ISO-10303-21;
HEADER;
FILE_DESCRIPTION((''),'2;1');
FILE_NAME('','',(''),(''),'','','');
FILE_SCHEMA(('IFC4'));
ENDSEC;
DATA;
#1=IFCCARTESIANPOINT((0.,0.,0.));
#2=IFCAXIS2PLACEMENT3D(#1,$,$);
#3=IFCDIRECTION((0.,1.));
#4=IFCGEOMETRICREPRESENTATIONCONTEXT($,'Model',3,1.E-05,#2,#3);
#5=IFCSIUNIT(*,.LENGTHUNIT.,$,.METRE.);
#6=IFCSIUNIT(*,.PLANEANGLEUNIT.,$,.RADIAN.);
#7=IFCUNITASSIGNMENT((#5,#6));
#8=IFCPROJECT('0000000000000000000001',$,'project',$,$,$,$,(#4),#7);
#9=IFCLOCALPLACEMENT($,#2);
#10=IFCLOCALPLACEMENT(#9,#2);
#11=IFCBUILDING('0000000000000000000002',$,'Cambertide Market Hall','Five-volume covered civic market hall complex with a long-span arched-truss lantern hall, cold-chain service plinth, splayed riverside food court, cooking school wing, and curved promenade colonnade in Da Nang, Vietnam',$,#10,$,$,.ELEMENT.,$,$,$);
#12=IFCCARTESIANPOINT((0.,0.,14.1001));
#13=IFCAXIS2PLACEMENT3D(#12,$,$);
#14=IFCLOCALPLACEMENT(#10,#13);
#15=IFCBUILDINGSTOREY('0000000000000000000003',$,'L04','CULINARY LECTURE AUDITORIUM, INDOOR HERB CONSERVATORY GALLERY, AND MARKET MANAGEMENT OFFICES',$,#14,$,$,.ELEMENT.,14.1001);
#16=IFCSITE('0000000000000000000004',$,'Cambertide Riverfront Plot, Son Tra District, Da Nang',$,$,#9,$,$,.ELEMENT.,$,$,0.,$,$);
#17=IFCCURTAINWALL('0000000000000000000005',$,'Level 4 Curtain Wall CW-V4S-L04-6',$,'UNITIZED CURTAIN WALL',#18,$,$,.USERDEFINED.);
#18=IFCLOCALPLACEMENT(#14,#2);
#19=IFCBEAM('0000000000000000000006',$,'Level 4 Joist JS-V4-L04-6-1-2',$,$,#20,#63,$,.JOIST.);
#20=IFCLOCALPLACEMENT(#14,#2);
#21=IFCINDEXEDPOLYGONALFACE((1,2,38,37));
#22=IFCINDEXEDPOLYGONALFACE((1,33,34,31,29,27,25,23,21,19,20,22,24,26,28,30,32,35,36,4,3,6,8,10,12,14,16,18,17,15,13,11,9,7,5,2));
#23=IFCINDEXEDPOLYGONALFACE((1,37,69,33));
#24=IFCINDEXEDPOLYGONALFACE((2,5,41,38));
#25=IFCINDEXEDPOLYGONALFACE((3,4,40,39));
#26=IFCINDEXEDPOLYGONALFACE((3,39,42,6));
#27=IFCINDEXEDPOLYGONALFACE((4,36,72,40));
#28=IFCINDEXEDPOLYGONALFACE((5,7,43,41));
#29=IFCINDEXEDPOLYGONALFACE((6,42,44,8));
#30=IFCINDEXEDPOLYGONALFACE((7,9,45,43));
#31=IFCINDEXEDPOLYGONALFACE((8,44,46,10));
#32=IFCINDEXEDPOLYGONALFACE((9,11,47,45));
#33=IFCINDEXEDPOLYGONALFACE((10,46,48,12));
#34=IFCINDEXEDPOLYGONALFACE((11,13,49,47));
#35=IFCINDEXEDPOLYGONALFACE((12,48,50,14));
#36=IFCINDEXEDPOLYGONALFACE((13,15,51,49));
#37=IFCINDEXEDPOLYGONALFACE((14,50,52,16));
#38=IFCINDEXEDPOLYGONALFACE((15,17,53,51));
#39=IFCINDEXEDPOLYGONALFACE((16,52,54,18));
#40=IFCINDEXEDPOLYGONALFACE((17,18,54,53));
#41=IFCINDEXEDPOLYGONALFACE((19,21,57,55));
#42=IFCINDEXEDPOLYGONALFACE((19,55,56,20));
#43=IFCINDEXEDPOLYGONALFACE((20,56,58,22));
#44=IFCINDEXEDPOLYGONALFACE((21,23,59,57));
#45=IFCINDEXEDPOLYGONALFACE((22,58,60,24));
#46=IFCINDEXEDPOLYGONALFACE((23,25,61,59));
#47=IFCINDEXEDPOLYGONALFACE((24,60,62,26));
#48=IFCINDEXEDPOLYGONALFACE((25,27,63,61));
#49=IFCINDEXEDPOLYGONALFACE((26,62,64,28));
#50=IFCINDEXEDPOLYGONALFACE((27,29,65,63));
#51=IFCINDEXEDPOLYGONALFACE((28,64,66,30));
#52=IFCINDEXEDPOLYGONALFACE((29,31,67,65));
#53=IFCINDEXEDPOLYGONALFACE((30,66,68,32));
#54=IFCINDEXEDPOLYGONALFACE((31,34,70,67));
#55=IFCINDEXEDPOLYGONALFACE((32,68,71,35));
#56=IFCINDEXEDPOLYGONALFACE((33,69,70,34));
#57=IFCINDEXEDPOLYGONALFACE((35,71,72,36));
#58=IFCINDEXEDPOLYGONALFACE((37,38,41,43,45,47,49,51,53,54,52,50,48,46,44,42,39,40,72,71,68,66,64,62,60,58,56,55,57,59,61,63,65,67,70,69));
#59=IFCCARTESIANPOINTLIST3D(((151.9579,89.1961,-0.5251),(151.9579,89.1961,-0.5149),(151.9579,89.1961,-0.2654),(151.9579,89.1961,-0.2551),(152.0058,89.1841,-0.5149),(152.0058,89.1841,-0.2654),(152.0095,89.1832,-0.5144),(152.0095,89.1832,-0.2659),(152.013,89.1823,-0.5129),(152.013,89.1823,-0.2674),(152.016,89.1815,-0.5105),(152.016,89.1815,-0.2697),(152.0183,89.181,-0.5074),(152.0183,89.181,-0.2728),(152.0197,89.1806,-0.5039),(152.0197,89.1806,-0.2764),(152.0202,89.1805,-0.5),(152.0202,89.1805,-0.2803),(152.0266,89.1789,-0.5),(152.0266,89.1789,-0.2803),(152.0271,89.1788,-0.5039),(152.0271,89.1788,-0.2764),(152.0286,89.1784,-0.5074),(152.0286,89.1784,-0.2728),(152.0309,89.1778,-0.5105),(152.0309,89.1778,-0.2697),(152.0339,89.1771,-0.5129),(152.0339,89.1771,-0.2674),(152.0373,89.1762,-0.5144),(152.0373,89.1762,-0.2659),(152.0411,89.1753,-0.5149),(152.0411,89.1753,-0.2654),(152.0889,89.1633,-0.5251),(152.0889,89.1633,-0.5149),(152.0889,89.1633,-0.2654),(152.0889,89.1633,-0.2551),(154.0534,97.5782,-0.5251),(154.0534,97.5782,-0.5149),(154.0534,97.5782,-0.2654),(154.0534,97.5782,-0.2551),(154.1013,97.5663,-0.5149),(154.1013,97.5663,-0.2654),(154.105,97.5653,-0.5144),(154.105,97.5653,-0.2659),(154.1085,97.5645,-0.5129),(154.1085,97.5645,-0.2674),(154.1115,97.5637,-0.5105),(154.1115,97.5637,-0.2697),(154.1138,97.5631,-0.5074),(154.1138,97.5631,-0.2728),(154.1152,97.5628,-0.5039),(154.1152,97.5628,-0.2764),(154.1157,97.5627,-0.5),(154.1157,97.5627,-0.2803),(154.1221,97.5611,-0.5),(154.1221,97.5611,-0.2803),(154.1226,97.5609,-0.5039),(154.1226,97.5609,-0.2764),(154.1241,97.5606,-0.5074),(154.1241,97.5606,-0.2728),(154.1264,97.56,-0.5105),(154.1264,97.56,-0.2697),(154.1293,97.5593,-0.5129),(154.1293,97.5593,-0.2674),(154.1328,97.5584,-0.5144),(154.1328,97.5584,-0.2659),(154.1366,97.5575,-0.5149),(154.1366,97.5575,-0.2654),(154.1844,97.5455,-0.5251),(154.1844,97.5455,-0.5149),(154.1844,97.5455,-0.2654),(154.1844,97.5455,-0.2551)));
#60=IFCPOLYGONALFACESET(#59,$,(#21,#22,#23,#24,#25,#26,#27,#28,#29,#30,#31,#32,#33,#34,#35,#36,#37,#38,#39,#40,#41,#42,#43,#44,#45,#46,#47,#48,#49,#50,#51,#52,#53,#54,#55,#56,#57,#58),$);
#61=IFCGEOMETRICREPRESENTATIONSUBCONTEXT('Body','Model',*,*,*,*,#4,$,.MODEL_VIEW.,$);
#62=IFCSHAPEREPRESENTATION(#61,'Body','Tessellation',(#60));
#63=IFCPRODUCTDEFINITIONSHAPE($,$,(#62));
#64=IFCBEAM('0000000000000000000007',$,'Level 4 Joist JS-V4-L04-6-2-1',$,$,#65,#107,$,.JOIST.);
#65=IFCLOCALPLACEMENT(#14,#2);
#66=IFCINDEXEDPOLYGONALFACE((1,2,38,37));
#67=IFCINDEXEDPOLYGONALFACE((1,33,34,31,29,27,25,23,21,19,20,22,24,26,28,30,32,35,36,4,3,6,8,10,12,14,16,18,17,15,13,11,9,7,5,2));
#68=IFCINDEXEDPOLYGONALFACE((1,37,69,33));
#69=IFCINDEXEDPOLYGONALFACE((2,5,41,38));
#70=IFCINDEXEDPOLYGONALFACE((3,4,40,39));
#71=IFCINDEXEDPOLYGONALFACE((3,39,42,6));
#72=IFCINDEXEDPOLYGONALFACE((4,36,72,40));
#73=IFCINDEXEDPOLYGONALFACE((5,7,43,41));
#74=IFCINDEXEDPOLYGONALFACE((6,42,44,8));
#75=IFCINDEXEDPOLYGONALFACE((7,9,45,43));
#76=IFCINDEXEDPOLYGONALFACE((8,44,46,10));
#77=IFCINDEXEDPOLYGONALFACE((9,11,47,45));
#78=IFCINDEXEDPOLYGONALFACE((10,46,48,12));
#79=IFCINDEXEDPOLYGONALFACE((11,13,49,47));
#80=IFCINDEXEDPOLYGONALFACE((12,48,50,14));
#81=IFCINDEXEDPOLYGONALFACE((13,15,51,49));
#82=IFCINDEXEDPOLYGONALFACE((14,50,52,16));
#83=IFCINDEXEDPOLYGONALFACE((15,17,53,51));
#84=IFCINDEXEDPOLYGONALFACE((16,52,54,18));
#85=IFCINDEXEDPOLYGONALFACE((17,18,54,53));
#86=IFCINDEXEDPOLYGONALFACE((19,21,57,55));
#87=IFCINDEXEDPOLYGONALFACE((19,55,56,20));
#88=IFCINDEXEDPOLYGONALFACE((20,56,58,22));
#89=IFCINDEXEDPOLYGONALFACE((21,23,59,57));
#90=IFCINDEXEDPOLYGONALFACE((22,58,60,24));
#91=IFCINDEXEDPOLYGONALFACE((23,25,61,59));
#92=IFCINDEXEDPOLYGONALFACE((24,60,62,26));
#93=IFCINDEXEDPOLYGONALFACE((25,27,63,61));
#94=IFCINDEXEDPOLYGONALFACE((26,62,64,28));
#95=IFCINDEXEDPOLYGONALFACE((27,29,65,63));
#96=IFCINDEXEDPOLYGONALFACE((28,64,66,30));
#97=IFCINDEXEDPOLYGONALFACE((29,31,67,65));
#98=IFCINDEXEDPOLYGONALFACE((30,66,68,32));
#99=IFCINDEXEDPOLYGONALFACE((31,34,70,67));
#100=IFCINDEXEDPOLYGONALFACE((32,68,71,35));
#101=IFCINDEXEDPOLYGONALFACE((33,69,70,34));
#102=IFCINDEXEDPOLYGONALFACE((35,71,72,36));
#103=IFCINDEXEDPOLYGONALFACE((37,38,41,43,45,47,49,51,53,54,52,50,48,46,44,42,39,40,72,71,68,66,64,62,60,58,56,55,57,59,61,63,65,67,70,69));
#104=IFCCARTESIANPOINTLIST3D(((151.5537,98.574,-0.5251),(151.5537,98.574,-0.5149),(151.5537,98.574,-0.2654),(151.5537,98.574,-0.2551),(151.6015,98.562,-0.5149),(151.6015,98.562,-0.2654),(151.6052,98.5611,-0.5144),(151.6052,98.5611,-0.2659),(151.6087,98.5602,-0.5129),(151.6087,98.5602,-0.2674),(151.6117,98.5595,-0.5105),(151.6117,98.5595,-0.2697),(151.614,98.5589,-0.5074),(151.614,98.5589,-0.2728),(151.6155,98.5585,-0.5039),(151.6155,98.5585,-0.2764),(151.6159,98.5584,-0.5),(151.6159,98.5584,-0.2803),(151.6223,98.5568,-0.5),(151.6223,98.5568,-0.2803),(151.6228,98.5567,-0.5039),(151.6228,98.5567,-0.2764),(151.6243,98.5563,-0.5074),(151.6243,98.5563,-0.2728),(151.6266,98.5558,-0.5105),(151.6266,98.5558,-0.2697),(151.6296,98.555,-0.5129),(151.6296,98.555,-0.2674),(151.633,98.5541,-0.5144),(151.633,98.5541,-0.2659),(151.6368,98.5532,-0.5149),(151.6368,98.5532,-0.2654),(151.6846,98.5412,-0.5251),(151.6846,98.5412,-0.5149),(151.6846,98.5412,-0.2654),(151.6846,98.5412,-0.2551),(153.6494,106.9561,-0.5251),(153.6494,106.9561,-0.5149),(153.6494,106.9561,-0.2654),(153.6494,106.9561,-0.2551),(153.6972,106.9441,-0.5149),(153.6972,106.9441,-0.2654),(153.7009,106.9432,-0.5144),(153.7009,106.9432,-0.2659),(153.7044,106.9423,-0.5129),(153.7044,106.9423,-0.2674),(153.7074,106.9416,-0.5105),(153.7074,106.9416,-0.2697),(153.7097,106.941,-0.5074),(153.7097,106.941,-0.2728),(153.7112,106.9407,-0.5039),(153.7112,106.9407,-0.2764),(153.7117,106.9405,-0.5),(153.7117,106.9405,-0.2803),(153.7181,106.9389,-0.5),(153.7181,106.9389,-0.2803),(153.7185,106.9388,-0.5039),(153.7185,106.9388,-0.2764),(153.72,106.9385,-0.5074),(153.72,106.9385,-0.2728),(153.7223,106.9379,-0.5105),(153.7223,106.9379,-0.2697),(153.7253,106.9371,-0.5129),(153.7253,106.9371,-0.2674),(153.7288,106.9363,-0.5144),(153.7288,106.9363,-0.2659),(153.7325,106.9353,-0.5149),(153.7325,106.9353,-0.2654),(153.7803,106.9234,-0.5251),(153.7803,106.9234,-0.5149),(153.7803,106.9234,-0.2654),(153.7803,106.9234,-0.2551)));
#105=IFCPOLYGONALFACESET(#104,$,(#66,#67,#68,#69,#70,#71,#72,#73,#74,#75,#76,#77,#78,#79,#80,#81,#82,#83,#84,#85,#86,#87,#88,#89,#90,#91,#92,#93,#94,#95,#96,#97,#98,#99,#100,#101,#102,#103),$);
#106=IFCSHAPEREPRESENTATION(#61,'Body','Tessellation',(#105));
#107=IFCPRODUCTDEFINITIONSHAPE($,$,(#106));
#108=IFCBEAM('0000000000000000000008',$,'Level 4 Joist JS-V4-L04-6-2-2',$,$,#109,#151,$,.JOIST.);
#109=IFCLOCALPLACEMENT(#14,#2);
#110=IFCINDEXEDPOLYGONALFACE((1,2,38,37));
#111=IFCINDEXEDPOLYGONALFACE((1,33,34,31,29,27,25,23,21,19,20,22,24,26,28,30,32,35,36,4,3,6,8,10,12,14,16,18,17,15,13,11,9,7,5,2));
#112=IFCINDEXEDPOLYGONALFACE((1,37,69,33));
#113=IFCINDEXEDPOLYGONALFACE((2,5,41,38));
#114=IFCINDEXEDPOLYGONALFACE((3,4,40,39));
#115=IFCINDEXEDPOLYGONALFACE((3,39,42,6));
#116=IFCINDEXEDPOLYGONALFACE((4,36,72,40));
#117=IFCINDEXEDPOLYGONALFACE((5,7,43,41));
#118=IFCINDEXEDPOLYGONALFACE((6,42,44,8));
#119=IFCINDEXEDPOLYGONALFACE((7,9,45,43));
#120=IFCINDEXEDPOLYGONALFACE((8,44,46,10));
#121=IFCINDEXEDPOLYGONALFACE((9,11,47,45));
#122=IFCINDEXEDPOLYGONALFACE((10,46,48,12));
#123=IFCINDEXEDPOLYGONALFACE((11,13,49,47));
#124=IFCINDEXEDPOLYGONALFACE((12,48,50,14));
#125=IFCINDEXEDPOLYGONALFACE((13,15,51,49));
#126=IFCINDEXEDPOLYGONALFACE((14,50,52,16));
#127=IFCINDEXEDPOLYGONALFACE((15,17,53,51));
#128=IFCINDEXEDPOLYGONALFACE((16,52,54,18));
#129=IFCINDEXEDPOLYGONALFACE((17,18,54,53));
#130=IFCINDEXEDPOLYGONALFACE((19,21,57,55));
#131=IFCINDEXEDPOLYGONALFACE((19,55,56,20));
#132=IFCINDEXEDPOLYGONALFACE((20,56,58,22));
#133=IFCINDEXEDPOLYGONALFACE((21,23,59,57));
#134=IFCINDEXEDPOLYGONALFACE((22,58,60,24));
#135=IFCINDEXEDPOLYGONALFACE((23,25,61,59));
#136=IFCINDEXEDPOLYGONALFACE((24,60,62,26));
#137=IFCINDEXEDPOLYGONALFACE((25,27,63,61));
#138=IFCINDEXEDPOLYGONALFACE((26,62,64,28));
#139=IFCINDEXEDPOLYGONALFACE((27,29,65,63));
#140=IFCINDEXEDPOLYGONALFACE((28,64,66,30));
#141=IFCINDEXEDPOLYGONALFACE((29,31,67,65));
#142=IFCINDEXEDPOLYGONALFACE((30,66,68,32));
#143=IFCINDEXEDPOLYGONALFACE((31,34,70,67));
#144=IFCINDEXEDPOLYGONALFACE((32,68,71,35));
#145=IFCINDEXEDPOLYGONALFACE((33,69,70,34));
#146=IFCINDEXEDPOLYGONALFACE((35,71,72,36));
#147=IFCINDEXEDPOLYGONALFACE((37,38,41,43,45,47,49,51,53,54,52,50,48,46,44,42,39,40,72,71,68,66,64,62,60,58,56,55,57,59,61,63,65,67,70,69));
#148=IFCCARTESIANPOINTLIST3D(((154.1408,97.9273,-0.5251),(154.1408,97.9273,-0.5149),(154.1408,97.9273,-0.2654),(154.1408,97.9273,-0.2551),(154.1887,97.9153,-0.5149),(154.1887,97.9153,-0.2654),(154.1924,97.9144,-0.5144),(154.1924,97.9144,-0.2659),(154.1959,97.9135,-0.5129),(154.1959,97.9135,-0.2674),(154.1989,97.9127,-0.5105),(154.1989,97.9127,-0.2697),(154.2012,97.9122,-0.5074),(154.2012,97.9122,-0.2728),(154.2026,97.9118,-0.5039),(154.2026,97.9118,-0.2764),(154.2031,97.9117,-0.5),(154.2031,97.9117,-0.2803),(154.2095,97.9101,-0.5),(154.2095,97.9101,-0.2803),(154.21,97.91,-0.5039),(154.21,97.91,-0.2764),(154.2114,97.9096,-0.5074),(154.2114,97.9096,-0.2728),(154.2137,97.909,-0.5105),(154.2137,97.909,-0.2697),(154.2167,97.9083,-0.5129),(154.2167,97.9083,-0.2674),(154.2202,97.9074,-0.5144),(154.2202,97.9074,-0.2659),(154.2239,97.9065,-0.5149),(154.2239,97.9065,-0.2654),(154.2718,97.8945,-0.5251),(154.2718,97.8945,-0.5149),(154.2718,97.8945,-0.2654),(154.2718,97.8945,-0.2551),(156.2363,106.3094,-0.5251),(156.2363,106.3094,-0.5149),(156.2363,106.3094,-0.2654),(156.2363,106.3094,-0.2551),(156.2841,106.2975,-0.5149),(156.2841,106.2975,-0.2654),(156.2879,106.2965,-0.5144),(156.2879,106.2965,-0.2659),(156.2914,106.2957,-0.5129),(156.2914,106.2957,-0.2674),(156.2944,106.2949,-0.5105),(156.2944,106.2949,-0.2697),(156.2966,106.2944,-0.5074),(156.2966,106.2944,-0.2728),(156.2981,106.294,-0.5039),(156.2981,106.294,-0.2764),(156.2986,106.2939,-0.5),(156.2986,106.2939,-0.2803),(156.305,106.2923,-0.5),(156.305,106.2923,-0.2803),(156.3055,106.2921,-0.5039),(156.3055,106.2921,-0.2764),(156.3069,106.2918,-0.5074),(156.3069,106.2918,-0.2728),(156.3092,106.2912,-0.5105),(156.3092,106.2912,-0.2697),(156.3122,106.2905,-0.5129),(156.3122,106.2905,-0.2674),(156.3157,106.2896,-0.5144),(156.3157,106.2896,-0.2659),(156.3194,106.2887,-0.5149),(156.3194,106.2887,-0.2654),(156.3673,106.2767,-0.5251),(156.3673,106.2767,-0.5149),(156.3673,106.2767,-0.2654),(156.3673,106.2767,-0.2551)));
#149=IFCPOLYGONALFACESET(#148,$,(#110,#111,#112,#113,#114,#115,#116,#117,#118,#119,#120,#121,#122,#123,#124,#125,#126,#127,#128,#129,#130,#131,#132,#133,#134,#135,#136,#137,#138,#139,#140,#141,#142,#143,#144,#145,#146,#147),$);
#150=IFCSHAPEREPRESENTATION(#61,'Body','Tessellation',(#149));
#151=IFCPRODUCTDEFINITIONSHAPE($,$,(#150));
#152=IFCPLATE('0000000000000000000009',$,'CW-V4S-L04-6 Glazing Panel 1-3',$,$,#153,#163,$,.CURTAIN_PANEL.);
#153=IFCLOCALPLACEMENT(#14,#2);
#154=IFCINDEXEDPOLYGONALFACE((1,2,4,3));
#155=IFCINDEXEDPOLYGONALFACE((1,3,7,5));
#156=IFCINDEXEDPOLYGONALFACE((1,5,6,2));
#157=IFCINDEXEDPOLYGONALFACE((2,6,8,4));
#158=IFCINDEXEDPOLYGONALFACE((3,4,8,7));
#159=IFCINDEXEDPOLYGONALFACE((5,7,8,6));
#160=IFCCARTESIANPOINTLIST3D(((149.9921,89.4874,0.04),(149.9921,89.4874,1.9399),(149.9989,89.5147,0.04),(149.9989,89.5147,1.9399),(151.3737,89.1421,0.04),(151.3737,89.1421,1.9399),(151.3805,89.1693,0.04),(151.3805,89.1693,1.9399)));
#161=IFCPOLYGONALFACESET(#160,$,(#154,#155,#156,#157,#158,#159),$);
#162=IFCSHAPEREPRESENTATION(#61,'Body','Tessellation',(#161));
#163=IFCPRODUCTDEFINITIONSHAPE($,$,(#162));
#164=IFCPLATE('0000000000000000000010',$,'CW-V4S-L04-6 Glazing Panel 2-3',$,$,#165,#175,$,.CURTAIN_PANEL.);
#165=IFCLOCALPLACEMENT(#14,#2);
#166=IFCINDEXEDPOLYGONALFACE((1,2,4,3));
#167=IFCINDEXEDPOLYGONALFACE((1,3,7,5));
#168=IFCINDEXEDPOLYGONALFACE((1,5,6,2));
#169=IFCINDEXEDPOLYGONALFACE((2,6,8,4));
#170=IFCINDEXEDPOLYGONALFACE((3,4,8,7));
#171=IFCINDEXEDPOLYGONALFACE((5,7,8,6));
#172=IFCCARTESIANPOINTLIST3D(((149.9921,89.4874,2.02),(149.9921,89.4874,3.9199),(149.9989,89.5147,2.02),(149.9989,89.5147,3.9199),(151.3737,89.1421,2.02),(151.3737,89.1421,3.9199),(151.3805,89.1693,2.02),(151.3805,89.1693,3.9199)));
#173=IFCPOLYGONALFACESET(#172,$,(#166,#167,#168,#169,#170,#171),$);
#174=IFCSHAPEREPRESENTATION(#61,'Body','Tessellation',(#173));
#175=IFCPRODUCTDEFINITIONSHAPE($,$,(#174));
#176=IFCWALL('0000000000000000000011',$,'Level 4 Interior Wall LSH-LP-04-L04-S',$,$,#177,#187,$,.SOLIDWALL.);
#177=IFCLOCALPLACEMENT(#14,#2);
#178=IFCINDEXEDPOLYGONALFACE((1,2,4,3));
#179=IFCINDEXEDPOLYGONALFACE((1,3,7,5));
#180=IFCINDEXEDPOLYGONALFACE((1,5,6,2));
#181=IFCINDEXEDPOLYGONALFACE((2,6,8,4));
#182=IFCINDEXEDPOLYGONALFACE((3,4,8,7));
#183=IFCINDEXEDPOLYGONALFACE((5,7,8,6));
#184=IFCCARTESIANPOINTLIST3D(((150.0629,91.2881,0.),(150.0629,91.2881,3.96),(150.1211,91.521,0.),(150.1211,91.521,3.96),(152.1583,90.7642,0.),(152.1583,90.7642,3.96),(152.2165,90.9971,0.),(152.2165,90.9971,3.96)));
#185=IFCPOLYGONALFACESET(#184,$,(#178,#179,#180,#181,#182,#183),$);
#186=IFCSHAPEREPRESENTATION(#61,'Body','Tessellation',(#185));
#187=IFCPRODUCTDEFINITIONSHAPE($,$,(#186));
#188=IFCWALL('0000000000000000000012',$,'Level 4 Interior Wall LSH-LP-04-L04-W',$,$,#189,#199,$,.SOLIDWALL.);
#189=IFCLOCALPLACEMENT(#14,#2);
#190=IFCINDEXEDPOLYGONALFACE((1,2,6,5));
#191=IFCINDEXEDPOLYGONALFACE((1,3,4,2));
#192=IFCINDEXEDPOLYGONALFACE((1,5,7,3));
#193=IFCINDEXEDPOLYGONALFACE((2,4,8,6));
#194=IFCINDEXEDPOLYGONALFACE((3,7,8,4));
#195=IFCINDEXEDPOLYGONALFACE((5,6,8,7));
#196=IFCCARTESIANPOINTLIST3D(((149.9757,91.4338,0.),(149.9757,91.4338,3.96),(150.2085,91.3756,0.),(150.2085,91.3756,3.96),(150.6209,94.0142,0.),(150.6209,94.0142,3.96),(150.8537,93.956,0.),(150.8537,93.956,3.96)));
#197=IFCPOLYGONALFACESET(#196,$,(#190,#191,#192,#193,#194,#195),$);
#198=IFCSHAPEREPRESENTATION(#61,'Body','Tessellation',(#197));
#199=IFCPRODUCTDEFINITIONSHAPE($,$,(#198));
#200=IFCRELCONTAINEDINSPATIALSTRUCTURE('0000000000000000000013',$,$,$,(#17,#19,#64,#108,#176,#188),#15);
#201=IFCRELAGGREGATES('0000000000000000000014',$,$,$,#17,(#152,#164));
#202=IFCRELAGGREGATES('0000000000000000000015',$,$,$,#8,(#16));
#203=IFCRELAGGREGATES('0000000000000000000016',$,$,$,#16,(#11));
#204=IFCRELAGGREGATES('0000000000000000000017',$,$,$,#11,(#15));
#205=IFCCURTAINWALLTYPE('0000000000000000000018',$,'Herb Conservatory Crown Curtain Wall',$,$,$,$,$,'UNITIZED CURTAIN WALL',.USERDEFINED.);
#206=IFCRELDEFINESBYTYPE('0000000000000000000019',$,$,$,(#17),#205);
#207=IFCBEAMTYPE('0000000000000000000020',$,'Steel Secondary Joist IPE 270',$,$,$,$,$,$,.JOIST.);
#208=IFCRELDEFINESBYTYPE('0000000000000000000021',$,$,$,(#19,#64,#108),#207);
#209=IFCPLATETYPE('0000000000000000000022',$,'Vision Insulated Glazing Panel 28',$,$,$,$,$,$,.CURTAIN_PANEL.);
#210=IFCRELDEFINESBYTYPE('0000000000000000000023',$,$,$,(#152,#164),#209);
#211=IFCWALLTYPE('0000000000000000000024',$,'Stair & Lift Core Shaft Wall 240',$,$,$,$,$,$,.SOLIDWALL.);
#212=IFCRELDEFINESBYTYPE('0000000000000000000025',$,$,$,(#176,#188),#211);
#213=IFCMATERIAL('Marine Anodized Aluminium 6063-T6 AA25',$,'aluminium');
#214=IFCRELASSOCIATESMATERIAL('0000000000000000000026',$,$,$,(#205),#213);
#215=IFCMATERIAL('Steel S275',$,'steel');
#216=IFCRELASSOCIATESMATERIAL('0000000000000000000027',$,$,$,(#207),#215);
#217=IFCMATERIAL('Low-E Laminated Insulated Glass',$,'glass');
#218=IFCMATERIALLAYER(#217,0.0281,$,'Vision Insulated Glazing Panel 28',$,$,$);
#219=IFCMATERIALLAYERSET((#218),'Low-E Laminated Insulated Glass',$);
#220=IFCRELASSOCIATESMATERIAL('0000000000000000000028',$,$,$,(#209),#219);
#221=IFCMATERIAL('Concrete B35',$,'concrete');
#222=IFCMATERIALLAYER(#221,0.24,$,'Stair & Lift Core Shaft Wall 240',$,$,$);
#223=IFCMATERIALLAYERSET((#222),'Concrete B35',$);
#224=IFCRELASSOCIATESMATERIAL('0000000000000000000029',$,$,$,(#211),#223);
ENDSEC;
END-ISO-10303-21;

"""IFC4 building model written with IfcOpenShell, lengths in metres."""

from ifc_helpers import new_model, si_unit, direction, frame, frame_2d, origin, origin_2d, place, context, subcontext, project, spatial, rectangle, i_section, extrude, material, layer, layer_set, material_profile, profile_set, type_object, element, aggregate, save


model = new_model("IFC4")

# Units and contexts
model_context = context("Model", 3, precision=1e-05, world=origin(), true_north=direction((0.0, 1.0)))
body_context = subcontext(model_context, "Body", "Model", "MODEL_VIEW")
ifc_project = project(units=[si_unit("LENGTHUNIT", "METRE"), si_unit("PLANEANGLEUNIT", "RADIAN")], contexts=[model_context])

# Site, building, storey
site_placement = place(None, origin())
site = spatial("IfcSite", under=ifc_project, at=site_placement, Name="Cambertide Riverfront Plot, Son Tra District, Da Nang", CompositionType="ELEMENT", RefElevation=0.0)
building_placement = place(site_placement, origin())
building = spatial("IfcBuilding", under=site, at=building_placement, Name="Cambertide Market Hall", Description="Five-volume covered civic market hall complex with a long-span arched-truss lantern hall, cold-chain service plinth, splayed riverside food court, cooking school wing, and curved promenade colonnade in Da Nang, Vietnam", CompositionType="ELEMENT")
storey_placement = place(building_placement, frame((0.0, 0.0, 14.1001)))
storey = spatial("IfcBuildingStorey", under=building, at=storey_placement, Name="L04", Description="CULINARY LECTURE AUDITORIUM, INDOOR HERB CONSERVATORY GALLERY, AND MARKET MANAGEMENT OFFICES", CompositionType="ELEMENT", Elevation=14.1001)

# Curtain wall
ifc_material_1 = material(Name="Marine Anodized Aluminium 6063-T6 AA25", Category="aluminium")
curtain_wall_type = type_object("IfcCurtainWallType", Name="Herb Conservatory Crown Curtain Wall", ElementType="UNITIZED CURTAIN WALL", PredefinedType="USERDEFINED", material=ifc_material_1)
curtain_wall_placement = place(storey_placement, origin())
curtain_wall = element("IfcCurtainWall", 1, at=curtain_wall_placement, inside=storey, type_object=curtain_wall_type, Name="Level 4 Curtain Wall CW-V4S-L04-6", ObjectType="UNITIZED CURTAIN WALL", PredefinedType="USERDEFINED")

# Beams
ifc_material_2 = material(Name="Steel S275", Category="steel")
ifc_material_profile_1 = material_profile(ifc_material_2, i_section(OverallWidth=0.135, OverallDepth=0.27, WebThickness=0.0066, FlangeThickness=0.0103, FilletRadius=0.0149, at=origin_2d()), Name="IPE 270")
ifc_profile_set_1 = profile_set([ifc_material_profile_1], Name="Steel S275")
beam_type = type_object("IfcBeamType", Name="Steel Secondary Joist IPE 270", PredefinedType="JOIST", material=ifc_profile_set_1)
for number, where, z_axis, x_axis, name in (
    (2, (152.0234, 89.1797, -0.3901), (0.242529, 0.970144, 0.0), (-0.970144, 0.242529, 0.0), "Level 4 Joist JS-V4-L04-6-1-2"),
    (3, (151.6191, 98.5576, -0.3901), (0.242556, 0.970138, 0.0), (-0.970138, 0.242556, 0.0), "Level 4 Joist JS-V4-L04-6-2-1"),
    (4, (154.2063, 97.9109, -0.3901), (0.242529, 0.970144, 0.0), (-0.970144, 0.242529, 0.0), "Level 4 Joist JS-V4-L04-6-2-2"),
):
    element("IfcBeam", number, at=place(storey_placement, frame(where, z_axis=z_axis, x_axis=x_axis)), inside=storey, type_object=beam_type, Name=name, PredefinedType="JOIST", context=body_context, shape_type="SweptSolid", body=[
        extrude(i_section(OverallWidth=0.135, OverallDepth=0.27, WebThickness=0.0066, FlangeThickness=0.0103, FilletRadius=0.0149, at=origin_2d()), origin(), (0.0, 0.0, 1.0), 8.6401),
    ])

# Plates
ifc_material_3 = material(Name="Low-E Laminated Insulated Glass", Category="glass")
ifc_layer_1 = layer(ifc_material_3, 0.0281, Name="Vision Insulated Glazing Panel 28")
ifc_layer_set_1 = layer_set([ifc_layer_1], Name="Low-E Laminated Insulated Glass")
plate_type = type_object("IfcPlateType", Name="Vision Insulated Glazing Panel 28", PredefinedType="CURTAIN_PANEL", material=ifc_layer_set_1)
plate_1_placement = place(storey_placement, frame((150.6863, 89.3284, 0.04), z_axis=(0.0, 0.0, 1.0), x_axis=(-0.970143, 0.242535, 0.0)))
plate_1 = element("IfcPlate", 5, at=plate_1_placement, type_object=plate_type, Name="CW-V4S-L04-6 Glazing Panel 1-3", PredefinedType="CURTAIN_PANEL", context=body_context, shape_type="SweptSolid", body=[
    extrude(rectangle(XDim=1.4241, YDim=0.0281, at=origin_2d()), origin(), (0.0, 0.0, 1.0), 1.8999),
])
plate_2_placement = place(storey_placement, frame((150.6863, 89.3284, 2.02), z_axis=(0.0, 0.0, 1.0), x_axis=(-0.970143, 0.242535, 0.0)))
plate_2 = element("IfcPlate", 6, at=plate_2_placement, type_object=plate_type, Name="CW-V4S-L04-6 Glazing Panel 2-3", PredefinedType="CURTAIN_PANEL", context=body_context, shape_type="SweptSolid", body=[
    extrude(rectangle(XDim=1.4241, YDim=0.0281, at=origin_2d()), origin(), (0.0, 0.0, 1.0), 1.8999),
])
aggregate(curtain_wall, [plate_1, plate_2])

# Wall
ifc_material_4 = material(Name="Concrete B35", Category="concrete")
ifc_layer_2 = layer(ifc_material_4, 0.24, Name="Stair & Lift Core Shaft Wall 240")
ifc_layer_set_2 = layer_set([ifc_layer_2], Name="Concrete B35")
wall_type_1 = type_object("IfcWallType", Name="Stair & Lift Core Shaft Wall 240", PredefinedType="SOLIDWALL", material=ifc_layer_set_2)
wall_1_placement = place(storey_placement, frame((152.1875, 90.8806, 0.0), z_axis=(0.0, 0.0, 1.0), x_axis=(-0.970136, 0.242562, 0.0)))
element("IfcWall", 7, at=wall_1_placement, inside=storey, type_object=wall_type_1, Name="Level 4 Interior Wall LSH-LP-04-L04-S", PredefinedType="SOLIDWALL", context=body_context, shape_type="SweptSolid", body=[
    extrude(rectangle(XDim=2.1599, YDim=0.24, at=frame_2d((1.0801, 0.0))), origin(), (0.0, 0.0, 1.0), 3.96),
])

# Wall
for number, where, z_axis, x_axis, name in (
    (8, (150.092, 91.4045, 0.0), (0.0, 0.0, 1.0), (0.242579, 0.970132, 0.0), "Level 4 Interior Wall LSH-LP-04-L04-W"),
):
    element("IfcWall", number, at=place(storey_placement, frame(where, z_axis=z_axis, x_axis=x_axis)), inside=storey, type_object=wall_type_1, Name=name, PredefinedType="SOLIDWALL", context=body_context, shape_type="SweptSolid", body=[
        extrude(rectangle(XDim=2.6599, YDim=0.24, at=frame_2d((1.3301, 0.0))), origin(), (0.0, 0.0, 1.0), 3.96),
    ])

save(model, "model.ifc")
